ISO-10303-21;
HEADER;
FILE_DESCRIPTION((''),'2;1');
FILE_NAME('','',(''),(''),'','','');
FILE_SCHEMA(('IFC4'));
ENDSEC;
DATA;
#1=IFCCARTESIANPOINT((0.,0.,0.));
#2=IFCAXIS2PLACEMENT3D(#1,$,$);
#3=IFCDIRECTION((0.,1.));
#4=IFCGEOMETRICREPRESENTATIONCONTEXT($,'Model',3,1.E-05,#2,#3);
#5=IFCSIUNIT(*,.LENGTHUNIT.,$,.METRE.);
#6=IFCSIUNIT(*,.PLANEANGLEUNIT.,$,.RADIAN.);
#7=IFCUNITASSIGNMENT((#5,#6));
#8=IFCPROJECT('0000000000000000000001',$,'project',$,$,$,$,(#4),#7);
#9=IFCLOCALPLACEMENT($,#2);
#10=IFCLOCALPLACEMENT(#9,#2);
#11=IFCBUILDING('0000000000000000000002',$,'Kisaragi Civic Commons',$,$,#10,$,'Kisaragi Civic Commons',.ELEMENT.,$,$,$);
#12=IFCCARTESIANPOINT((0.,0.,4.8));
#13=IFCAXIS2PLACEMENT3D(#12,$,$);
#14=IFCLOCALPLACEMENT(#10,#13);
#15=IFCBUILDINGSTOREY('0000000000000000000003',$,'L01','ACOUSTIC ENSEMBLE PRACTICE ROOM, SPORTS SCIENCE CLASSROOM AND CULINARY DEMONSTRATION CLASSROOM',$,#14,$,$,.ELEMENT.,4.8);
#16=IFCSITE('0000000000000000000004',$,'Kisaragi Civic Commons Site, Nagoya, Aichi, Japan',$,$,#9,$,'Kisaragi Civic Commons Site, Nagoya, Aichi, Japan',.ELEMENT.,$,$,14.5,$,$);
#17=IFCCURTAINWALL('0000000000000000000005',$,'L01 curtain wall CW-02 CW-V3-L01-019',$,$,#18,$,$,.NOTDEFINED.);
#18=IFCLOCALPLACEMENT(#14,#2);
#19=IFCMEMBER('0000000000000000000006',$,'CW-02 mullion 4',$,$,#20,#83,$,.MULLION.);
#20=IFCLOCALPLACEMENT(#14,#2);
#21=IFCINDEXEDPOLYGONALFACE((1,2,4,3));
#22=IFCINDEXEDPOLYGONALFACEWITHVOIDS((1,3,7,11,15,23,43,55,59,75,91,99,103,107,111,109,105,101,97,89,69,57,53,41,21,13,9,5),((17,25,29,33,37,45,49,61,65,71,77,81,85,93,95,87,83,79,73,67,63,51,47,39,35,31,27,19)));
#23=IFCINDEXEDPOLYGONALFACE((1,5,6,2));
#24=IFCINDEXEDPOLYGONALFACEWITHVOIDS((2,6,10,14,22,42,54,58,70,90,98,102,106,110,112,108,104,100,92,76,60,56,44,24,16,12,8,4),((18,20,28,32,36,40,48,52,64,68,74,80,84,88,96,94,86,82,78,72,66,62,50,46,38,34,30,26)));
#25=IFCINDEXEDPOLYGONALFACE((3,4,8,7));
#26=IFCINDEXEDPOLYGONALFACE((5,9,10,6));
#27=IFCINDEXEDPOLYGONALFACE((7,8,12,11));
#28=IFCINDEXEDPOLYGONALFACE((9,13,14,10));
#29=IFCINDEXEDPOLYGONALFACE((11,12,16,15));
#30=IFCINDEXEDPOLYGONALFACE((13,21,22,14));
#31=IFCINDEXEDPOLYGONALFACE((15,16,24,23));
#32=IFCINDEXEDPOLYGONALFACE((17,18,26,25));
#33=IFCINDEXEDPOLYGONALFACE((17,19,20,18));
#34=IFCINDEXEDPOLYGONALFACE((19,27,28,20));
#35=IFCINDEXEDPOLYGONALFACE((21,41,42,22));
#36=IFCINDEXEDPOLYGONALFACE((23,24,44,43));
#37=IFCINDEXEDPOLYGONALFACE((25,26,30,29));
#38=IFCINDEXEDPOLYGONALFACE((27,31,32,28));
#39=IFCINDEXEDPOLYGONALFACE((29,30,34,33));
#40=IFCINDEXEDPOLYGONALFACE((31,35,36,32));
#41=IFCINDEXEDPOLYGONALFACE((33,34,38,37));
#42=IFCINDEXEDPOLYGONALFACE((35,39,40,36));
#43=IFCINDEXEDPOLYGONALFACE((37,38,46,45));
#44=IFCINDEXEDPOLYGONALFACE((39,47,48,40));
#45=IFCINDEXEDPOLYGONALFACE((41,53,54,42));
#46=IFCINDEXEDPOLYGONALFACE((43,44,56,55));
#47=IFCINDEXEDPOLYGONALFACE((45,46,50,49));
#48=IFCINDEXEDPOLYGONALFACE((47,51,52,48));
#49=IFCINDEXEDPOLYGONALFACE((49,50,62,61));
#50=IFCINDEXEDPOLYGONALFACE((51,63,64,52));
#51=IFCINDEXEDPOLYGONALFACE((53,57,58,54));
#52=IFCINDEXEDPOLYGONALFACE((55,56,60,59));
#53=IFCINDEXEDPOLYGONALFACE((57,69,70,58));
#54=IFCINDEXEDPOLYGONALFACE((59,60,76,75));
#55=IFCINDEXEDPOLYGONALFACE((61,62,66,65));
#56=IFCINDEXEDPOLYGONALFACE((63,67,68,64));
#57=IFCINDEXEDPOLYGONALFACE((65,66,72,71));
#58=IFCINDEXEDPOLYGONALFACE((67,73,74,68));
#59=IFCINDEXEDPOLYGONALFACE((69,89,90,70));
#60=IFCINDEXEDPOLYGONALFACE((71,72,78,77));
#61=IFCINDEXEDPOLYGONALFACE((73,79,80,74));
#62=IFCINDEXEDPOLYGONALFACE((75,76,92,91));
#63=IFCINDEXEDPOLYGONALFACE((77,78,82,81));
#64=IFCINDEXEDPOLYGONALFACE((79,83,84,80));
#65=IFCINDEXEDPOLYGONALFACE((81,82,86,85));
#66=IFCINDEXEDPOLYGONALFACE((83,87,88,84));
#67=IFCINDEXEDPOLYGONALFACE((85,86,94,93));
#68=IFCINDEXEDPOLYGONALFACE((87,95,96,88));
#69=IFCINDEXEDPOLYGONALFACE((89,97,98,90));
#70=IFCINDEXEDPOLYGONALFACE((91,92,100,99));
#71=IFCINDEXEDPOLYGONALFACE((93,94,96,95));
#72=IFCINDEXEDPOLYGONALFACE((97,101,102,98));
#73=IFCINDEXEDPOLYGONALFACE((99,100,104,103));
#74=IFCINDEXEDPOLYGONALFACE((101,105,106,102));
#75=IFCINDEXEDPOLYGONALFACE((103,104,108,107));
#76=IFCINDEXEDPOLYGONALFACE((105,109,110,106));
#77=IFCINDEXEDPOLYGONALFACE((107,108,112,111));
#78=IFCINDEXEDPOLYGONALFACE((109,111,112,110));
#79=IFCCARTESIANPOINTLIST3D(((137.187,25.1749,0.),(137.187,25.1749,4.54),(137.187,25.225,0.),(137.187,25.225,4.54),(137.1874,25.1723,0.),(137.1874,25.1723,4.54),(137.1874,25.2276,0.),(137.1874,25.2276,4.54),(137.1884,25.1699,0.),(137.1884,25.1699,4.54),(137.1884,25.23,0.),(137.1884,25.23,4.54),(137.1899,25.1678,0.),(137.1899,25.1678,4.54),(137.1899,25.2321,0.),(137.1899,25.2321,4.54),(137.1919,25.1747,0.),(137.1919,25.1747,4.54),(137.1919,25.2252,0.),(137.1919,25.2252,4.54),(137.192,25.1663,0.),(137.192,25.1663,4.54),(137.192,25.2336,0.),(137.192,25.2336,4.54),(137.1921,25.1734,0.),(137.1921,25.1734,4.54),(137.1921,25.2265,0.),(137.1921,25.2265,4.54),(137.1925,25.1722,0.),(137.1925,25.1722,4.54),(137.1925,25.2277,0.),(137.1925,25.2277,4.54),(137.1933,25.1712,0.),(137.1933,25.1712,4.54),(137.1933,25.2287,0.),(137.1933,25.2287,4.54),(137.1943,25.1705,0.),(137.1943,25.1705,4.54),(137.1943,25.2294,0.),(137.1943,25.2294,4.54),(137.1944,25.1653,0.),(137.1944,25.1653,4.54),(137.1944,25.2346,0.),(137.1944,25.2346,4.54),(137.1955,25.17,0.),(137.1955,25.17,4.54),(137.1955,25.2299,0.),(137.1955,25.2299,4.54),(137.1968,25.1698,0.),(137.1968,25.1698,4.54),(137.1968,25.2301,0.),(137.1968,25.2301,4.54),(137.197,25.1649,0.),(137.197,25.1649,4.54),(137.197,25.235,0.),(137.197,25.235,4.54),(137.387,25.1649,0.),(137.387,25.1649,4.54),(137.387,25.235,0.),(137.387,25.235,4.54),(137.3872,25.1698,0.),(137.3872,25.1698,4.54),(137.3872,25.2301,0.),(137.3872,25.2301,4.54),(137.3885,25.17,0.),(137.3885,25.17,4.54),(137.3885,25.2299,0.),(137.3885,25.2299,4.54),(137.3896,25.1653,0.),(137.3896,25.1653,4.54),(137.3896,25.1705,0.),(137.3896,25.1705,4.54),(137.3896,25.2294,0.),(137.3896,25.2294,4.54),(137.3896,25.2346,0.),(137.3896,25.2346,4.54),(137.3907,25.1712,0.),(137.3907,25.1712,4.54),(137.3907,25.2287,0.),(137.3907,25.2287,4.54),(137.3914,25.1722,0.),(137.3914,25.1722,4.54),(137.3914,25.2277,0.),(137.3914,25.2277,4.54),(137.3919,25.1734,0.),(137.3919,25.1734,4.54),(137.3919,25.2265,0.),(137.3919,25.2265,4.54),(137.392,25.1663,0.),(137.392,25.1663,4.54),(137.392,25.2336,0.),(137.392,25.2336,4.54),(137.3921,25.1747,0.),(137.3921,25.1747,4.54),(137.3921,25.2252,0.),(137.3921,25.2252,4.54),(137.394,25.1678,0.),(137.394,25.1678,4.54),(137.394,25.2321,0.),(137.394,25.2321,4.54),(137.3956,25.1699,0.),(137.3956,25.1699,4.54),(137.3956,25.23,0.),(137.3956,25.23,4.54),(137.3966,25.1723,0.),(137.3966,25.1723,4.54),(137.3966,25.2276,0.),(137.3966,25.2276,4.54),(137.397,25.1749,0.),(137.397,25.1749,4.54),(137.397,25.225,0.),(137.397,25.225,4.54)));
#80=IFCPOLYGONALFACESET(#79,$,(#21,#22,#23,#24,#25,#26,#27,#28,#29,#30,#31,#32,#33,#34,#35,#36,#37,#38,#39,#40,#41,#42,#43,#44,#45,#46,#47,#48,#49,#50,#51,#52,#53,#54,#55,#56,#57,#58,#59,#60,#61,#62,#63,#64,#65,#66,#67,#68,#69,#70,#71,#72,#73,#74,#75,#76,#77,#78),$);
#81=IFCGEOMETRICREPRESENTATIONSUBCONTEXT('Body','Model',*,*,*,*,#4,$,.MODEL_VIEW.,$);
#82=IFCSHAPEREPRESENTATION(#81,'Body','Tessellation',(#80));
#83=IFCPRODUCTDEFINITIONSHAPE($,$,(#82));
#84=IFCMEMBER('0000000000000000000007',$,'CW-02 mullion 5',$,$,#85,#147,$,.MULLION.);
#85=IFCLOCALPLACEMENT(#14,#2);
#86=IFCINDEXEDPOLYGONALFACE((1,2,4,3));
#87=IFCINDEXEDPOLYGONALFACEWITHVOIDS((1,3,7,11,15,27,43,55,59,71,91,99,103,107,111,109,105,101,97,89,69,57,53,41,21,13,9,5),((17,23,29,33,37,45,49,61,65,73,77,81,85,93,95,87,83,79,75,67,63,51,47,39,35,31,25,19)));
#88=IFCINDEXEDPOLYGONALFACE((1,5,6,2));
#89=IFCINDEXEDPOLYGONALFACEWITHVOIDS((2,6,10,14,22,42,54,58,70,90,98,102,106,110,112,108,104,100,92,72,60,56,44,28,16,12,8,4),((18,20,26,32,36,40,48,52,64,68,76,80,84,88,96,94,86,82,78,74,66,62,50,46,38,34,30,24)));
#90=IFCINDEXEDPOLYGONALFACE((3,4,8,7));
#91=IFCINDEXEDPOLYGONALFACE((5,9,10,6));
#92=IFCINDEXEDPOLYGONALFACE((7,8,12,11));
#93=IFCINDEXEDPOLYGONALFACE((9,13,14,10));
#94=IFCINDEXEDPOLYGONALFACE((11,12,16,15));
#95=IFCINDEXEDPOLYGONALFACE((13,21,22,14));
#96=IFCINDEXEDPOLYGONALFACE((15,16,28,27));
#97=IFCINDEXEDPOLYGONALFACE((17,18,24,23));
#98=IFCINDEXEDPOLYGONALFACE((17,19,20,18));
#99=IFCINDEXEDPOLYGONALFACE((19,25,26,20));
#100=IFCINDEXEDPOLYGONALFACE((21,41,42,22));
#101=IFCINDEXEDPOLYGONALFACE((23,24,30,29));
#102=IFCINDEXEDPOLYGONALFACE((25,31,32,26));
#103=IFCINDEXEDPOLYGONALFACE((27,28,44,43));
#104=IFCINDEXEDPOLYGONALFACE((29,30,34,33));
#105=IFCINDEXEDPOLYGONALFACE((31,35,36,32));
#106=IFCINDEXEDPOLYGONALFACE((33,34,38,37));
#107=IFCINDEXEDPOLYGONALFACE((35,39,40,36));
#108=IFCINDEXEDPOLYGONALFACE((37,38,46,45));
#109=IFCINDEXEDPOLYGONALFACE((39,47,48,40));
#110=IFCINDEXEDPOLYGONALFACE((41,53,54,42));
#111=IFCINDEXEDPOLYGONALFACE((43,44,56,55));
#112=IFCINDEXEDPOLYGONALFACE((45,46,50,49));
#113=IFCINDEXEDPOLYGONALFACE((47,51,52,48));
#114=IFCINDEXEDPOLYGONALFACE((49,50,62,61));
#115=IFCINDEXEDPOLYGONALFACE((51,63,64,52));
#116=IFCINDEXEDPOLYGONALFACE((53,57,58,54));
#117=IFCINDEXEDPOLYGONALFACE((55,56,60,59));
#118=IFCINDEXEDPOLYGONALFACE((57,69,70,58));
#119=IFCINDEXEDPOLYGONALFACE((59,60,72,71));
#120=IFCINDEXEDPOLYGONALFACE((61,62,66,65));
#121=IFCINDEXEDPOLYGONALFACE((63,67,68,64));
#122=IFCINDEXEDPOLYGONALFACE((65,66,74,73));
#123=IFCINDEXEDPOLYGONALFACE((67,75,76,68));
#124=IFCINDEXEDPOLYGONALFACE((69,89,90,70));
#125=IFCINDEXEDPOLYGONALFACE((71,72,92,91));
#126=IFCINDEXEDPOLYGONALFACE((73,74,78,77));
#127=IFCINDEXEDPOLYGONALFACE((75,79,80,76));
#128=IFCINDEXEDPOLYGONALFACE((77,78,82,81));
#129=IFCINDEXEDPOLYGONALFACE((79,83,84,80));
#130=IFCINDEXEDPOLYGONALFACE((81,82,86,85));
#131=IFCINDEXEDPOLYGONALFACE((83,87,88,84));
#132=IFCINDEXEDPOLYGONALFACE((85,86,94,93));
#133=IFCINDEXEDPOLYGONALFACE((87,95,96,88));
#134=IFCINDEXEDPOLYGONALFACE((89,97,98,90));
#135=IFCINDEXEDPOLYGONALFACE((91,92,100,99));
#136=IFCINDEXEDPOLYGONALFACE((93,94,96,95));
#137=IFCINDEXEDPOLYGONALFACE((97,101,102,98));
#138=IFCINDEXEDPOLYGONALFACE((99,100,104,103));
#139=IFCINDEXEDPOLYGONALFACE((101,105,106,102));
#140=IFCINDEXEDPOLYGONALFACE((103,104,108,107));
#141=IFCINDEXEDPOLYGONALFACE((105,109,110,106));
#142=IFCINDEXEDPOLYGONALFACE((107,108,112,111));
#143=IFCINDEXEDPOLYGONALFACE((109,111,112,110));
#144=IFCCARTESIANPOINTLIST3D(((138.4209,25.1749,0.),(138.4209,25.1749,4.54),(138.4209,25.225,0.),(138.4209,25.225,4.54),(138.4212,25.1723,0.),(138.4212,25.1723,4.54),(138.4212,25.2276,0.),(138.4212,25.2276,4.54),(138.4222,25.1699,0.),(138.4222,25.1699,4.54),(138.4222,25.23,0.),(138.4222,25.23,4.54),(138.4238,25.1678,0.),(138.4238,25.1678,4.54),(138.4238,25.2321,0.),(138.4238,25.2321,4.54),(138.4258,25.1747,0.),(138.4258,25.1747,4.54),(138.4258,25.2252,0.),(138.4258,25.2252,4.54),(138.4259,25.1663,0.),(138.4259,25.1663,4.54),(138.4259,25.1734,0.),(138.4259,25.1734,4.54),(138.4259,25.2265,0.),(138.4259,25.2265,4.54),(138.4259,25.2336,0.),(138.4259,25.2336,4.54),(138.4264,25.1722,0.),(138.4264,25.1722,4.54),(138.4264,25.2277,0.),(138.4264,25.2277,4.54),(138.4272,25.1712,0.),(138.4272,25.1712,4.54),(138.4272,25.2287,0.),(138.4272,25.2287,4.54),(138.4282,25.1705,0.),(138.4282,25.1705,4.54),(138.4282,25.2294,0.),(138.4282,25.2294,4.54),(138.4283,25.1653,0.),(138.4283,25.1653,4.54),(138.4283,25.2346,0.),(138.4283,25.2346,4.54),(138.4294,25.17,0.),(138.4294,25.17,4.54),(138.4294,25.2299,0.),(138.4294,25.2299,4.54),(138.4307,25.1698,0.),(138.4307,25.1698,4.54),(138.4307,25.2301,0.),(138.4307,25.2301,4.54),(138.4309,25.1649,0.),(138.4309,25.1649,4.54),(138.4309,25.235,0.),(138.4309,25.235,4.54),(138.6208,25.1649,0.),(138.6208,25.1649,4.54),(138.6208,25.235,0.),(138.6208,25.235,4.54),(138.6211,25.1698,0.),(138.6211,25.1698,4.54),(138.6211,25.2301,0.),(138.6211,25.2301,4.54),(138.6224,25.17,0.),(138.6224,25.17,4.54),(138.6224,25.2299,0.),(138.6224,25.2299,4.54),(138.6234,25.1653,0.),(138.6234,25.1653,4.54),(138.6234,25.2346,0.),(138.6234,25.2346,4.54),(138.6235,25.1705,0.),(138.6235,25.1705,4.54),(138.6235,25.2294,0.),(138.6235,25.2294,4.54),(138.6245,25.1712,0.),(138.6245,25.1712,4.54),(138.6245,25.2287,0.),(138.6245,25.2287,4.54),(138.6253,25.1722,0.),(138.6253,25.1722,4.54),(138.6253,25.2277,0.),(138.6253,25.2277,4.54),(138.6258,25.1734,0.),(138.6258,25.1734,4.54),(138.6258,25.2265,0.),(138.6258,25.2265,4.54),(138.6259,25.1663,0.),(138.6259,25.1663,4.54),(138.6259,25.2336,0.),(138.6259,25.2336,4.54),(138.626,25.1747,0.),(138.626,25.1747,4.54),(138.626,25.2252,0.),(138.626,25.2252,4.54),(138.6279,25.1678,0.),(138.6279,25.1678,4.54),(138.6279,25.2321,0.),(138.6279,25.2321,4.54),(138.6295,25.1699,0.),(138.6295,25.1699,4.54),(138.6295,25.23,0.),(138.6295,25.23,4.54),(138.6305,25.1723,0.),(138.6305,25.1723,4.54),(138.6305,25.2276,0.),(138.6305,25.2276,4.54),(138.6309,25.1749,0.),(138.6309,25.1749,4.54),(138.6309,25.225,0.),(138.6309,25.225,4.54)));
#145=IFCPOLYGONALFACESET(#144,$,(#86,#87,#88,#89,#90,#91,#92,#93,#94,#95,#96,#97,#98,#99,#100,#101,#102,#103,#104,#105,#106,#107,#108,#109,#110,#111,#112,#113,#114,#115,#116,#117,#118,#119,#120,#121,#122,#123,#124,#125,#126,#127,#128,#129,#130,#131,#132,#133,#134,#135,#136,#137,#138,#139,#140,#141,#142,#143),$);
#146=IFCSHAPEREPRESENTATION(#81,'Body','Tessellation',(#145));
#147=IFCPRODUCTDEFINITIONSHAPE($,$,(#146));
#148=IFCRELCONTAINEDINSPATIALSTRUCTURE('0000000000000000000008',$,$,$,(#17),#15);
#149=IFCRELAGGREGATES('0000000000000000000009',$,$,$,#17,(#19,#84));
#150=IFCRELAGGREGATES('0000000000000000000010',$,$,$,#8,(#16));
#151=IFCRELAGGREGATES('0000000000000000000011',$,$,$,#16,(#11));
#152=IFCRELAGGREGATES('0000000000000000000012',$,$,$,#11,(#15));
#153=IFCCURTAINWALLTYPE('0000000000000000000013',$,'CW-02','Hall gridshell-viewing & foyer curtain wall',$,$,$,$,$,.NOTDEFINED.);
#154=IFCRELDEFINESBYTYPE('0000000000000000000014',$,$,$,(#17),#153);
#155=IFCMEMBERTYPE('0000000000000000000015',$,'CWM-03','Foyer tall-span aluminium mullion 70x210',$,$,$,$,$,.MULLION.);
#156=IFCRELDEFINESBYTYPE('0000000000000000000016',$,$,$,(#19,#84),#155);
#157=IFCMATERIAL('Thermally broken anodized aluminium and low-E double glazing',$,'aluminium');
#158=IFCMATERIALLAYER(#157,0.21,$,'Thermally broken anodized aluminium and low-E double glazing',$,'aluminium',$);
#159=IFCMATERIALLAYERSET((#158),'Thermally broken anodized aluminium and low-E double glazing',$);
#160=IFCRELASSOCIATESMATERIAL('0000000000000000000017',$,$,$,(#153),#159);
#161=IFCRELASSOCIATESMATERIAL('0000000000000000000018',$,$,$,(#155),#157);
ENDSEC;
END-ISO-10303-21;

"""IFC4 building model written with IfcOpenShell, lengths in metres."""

from ifc_helpers import new_model, si_unit, direction, frame, origin, origin_2d, place, context, subcontext, project, spatial, hollow_rectangle, extrude, material, layer, layer_set, material_profile, profile_set, type_object, element, aggregate, save


model = new_model("IFC4")

# Units and contexts
model_context = context("Model", 3, precision=1e-05, world=origin(), true_north=direction((0.0, 1.0)))
body_context = subcontext(model_context, "Body", "Model", "MODEL_VIEW")
ifc_project = project(units=[si_unit("LENGTHUNIT", "METRE"), si_unit("PLANEANGLEUNIT", "RADIAN")], contexts=[model_context])

# Site, building, storey
site_placement = place(None, origin())
site = spatial("IfcSite", under=ifc_project, at=site_placement, Name="Kisaragi Civic Commons Site, Nagoya, Aichi, Japan", LongName="Kisaragi Civic Commons Site, Nagoya, Aichi, Japan", CompositionType="ELEMENT", RefElevation=14.5)
building_placement = place(site_placement, origin())
building = spatial("IfcBuilding", under=site, at=building_placement, Name="Kisaragi Civic Commons", LongName="Kisaragi Civic Commons", CompositionType="ELEMENT")
storey_placement = place(building_placement, frame((0.0, 0.0, 4.8)))
storey = spatial("IfcBuildingStorey", under=building, at=storey_placement, Name="L01", Description="ACOUSTIC ENSEMBLE PRACTICE ROOM, SPORTS SCIENCE CLASSROOM AND CULINARY DEMONSTRATION CLASSROOM", CompositionType="ELEMENT", Elevation=4.8)

# Curtain wall, members
ifc_material_1 = material(Name="Thermally broken anodized aluminium and low-E double glazing", Category="aluminium")
ifc_layer_1 = layer(ifc_material_1, 0.21, Name="Thermally broken anodized aluminium and low-E double glazing", Category="aluminium")
ifc_layer_set_1 = layer_set([ifc_layer_1], Name="Thermally broken anodized aluminium and low-E double glazing")
curtain_wall_type = type_object("IfcCurtainWallType", Name="CW-02", Description="Hall gridshell-viewing & foyer curtain wall", PredefinedType="NOTDEFINED", material=ifc_layer_set_1)
curtain_wall_placement = place(storey_placement, origin())
curtain_wall = element("IfcCurtainWall", 1, at=curtain_wall_placement, inside=storey, type_object=curtain_wall_type, Name="L01 curtain wall CW-02 CW-V3-L01-019", PredefinedType="NOTDEFINED")
ifc_material_profile_1 = material_profile(ifc_material_1, hollow_rectangle(XDim=0.0701, YDim=0.21, WallThickness=0.0049, InnerFilletRadius=0.0049, OuterFilletRadius=0.01, at=origin_2d()), Name="CWM-70x210x5", Category="aluminium")
ifc_profile_set_1 = profile_set([ifc_material_profile_1], Name="Thermally broken anodized aluminium and low-E double glazing")
member_type_1 = type_object("IfcMemberType", Name="CWM-03", Description="Foyer tall-span aluminium mullion 70x210", PredefinedType="MULLION", material=ifc_profile_set_1)
member_1_placement = place(storey_placement, frame((137.292, 25.2, 0.0), z_axis=(0.0, 0.0, 1.0), x_axis=(0.0, 1.0, 0.0)))
member_1 = element("IfcMember", 2, at=member_1_placement, type_object=member_type_1, Name="CW-02 mullion 4", PredefinedType="MULLION", context=body_context, shape_type="SweptSolid", body=[
    extrude(hollow_rectangle(XDim=0.0701, YDim=0.21, WallThickness=0.0049, InnerFilletRadius=0.0049, OuterFilletRadius=0.01, at=origin_2d()), origin(), (0.0, 0.0, 1.0), 4.54),
])
member_2_placement = place(storey_placement, frame((138.5259, 25.2, 0.0), z_axis=(0.0, 0.0, 1.0), x_axis=(0.0, 1.0, 0.0)))
member_2 = element("IfcMember", 3, at=member_2_placement, type_object=member_type_1, Name="CW-02 mullion 5", PredefinedType="MULLION", context=body_context, shape_type="SweptSolid", body=[
    extrude(hollow_rectangle(XDim=0.0701, YDim=0.21, WallThickness=0.0049, InnerFilletRadius=0.0049, OuterFilletRadius=0.01, at=origin_2d()), origin(), (0.0, 0.0, 1.0), 4.54),
])

aggregate(curtain_wall, [member_1, member_2])

save(model, "model.ifc")
